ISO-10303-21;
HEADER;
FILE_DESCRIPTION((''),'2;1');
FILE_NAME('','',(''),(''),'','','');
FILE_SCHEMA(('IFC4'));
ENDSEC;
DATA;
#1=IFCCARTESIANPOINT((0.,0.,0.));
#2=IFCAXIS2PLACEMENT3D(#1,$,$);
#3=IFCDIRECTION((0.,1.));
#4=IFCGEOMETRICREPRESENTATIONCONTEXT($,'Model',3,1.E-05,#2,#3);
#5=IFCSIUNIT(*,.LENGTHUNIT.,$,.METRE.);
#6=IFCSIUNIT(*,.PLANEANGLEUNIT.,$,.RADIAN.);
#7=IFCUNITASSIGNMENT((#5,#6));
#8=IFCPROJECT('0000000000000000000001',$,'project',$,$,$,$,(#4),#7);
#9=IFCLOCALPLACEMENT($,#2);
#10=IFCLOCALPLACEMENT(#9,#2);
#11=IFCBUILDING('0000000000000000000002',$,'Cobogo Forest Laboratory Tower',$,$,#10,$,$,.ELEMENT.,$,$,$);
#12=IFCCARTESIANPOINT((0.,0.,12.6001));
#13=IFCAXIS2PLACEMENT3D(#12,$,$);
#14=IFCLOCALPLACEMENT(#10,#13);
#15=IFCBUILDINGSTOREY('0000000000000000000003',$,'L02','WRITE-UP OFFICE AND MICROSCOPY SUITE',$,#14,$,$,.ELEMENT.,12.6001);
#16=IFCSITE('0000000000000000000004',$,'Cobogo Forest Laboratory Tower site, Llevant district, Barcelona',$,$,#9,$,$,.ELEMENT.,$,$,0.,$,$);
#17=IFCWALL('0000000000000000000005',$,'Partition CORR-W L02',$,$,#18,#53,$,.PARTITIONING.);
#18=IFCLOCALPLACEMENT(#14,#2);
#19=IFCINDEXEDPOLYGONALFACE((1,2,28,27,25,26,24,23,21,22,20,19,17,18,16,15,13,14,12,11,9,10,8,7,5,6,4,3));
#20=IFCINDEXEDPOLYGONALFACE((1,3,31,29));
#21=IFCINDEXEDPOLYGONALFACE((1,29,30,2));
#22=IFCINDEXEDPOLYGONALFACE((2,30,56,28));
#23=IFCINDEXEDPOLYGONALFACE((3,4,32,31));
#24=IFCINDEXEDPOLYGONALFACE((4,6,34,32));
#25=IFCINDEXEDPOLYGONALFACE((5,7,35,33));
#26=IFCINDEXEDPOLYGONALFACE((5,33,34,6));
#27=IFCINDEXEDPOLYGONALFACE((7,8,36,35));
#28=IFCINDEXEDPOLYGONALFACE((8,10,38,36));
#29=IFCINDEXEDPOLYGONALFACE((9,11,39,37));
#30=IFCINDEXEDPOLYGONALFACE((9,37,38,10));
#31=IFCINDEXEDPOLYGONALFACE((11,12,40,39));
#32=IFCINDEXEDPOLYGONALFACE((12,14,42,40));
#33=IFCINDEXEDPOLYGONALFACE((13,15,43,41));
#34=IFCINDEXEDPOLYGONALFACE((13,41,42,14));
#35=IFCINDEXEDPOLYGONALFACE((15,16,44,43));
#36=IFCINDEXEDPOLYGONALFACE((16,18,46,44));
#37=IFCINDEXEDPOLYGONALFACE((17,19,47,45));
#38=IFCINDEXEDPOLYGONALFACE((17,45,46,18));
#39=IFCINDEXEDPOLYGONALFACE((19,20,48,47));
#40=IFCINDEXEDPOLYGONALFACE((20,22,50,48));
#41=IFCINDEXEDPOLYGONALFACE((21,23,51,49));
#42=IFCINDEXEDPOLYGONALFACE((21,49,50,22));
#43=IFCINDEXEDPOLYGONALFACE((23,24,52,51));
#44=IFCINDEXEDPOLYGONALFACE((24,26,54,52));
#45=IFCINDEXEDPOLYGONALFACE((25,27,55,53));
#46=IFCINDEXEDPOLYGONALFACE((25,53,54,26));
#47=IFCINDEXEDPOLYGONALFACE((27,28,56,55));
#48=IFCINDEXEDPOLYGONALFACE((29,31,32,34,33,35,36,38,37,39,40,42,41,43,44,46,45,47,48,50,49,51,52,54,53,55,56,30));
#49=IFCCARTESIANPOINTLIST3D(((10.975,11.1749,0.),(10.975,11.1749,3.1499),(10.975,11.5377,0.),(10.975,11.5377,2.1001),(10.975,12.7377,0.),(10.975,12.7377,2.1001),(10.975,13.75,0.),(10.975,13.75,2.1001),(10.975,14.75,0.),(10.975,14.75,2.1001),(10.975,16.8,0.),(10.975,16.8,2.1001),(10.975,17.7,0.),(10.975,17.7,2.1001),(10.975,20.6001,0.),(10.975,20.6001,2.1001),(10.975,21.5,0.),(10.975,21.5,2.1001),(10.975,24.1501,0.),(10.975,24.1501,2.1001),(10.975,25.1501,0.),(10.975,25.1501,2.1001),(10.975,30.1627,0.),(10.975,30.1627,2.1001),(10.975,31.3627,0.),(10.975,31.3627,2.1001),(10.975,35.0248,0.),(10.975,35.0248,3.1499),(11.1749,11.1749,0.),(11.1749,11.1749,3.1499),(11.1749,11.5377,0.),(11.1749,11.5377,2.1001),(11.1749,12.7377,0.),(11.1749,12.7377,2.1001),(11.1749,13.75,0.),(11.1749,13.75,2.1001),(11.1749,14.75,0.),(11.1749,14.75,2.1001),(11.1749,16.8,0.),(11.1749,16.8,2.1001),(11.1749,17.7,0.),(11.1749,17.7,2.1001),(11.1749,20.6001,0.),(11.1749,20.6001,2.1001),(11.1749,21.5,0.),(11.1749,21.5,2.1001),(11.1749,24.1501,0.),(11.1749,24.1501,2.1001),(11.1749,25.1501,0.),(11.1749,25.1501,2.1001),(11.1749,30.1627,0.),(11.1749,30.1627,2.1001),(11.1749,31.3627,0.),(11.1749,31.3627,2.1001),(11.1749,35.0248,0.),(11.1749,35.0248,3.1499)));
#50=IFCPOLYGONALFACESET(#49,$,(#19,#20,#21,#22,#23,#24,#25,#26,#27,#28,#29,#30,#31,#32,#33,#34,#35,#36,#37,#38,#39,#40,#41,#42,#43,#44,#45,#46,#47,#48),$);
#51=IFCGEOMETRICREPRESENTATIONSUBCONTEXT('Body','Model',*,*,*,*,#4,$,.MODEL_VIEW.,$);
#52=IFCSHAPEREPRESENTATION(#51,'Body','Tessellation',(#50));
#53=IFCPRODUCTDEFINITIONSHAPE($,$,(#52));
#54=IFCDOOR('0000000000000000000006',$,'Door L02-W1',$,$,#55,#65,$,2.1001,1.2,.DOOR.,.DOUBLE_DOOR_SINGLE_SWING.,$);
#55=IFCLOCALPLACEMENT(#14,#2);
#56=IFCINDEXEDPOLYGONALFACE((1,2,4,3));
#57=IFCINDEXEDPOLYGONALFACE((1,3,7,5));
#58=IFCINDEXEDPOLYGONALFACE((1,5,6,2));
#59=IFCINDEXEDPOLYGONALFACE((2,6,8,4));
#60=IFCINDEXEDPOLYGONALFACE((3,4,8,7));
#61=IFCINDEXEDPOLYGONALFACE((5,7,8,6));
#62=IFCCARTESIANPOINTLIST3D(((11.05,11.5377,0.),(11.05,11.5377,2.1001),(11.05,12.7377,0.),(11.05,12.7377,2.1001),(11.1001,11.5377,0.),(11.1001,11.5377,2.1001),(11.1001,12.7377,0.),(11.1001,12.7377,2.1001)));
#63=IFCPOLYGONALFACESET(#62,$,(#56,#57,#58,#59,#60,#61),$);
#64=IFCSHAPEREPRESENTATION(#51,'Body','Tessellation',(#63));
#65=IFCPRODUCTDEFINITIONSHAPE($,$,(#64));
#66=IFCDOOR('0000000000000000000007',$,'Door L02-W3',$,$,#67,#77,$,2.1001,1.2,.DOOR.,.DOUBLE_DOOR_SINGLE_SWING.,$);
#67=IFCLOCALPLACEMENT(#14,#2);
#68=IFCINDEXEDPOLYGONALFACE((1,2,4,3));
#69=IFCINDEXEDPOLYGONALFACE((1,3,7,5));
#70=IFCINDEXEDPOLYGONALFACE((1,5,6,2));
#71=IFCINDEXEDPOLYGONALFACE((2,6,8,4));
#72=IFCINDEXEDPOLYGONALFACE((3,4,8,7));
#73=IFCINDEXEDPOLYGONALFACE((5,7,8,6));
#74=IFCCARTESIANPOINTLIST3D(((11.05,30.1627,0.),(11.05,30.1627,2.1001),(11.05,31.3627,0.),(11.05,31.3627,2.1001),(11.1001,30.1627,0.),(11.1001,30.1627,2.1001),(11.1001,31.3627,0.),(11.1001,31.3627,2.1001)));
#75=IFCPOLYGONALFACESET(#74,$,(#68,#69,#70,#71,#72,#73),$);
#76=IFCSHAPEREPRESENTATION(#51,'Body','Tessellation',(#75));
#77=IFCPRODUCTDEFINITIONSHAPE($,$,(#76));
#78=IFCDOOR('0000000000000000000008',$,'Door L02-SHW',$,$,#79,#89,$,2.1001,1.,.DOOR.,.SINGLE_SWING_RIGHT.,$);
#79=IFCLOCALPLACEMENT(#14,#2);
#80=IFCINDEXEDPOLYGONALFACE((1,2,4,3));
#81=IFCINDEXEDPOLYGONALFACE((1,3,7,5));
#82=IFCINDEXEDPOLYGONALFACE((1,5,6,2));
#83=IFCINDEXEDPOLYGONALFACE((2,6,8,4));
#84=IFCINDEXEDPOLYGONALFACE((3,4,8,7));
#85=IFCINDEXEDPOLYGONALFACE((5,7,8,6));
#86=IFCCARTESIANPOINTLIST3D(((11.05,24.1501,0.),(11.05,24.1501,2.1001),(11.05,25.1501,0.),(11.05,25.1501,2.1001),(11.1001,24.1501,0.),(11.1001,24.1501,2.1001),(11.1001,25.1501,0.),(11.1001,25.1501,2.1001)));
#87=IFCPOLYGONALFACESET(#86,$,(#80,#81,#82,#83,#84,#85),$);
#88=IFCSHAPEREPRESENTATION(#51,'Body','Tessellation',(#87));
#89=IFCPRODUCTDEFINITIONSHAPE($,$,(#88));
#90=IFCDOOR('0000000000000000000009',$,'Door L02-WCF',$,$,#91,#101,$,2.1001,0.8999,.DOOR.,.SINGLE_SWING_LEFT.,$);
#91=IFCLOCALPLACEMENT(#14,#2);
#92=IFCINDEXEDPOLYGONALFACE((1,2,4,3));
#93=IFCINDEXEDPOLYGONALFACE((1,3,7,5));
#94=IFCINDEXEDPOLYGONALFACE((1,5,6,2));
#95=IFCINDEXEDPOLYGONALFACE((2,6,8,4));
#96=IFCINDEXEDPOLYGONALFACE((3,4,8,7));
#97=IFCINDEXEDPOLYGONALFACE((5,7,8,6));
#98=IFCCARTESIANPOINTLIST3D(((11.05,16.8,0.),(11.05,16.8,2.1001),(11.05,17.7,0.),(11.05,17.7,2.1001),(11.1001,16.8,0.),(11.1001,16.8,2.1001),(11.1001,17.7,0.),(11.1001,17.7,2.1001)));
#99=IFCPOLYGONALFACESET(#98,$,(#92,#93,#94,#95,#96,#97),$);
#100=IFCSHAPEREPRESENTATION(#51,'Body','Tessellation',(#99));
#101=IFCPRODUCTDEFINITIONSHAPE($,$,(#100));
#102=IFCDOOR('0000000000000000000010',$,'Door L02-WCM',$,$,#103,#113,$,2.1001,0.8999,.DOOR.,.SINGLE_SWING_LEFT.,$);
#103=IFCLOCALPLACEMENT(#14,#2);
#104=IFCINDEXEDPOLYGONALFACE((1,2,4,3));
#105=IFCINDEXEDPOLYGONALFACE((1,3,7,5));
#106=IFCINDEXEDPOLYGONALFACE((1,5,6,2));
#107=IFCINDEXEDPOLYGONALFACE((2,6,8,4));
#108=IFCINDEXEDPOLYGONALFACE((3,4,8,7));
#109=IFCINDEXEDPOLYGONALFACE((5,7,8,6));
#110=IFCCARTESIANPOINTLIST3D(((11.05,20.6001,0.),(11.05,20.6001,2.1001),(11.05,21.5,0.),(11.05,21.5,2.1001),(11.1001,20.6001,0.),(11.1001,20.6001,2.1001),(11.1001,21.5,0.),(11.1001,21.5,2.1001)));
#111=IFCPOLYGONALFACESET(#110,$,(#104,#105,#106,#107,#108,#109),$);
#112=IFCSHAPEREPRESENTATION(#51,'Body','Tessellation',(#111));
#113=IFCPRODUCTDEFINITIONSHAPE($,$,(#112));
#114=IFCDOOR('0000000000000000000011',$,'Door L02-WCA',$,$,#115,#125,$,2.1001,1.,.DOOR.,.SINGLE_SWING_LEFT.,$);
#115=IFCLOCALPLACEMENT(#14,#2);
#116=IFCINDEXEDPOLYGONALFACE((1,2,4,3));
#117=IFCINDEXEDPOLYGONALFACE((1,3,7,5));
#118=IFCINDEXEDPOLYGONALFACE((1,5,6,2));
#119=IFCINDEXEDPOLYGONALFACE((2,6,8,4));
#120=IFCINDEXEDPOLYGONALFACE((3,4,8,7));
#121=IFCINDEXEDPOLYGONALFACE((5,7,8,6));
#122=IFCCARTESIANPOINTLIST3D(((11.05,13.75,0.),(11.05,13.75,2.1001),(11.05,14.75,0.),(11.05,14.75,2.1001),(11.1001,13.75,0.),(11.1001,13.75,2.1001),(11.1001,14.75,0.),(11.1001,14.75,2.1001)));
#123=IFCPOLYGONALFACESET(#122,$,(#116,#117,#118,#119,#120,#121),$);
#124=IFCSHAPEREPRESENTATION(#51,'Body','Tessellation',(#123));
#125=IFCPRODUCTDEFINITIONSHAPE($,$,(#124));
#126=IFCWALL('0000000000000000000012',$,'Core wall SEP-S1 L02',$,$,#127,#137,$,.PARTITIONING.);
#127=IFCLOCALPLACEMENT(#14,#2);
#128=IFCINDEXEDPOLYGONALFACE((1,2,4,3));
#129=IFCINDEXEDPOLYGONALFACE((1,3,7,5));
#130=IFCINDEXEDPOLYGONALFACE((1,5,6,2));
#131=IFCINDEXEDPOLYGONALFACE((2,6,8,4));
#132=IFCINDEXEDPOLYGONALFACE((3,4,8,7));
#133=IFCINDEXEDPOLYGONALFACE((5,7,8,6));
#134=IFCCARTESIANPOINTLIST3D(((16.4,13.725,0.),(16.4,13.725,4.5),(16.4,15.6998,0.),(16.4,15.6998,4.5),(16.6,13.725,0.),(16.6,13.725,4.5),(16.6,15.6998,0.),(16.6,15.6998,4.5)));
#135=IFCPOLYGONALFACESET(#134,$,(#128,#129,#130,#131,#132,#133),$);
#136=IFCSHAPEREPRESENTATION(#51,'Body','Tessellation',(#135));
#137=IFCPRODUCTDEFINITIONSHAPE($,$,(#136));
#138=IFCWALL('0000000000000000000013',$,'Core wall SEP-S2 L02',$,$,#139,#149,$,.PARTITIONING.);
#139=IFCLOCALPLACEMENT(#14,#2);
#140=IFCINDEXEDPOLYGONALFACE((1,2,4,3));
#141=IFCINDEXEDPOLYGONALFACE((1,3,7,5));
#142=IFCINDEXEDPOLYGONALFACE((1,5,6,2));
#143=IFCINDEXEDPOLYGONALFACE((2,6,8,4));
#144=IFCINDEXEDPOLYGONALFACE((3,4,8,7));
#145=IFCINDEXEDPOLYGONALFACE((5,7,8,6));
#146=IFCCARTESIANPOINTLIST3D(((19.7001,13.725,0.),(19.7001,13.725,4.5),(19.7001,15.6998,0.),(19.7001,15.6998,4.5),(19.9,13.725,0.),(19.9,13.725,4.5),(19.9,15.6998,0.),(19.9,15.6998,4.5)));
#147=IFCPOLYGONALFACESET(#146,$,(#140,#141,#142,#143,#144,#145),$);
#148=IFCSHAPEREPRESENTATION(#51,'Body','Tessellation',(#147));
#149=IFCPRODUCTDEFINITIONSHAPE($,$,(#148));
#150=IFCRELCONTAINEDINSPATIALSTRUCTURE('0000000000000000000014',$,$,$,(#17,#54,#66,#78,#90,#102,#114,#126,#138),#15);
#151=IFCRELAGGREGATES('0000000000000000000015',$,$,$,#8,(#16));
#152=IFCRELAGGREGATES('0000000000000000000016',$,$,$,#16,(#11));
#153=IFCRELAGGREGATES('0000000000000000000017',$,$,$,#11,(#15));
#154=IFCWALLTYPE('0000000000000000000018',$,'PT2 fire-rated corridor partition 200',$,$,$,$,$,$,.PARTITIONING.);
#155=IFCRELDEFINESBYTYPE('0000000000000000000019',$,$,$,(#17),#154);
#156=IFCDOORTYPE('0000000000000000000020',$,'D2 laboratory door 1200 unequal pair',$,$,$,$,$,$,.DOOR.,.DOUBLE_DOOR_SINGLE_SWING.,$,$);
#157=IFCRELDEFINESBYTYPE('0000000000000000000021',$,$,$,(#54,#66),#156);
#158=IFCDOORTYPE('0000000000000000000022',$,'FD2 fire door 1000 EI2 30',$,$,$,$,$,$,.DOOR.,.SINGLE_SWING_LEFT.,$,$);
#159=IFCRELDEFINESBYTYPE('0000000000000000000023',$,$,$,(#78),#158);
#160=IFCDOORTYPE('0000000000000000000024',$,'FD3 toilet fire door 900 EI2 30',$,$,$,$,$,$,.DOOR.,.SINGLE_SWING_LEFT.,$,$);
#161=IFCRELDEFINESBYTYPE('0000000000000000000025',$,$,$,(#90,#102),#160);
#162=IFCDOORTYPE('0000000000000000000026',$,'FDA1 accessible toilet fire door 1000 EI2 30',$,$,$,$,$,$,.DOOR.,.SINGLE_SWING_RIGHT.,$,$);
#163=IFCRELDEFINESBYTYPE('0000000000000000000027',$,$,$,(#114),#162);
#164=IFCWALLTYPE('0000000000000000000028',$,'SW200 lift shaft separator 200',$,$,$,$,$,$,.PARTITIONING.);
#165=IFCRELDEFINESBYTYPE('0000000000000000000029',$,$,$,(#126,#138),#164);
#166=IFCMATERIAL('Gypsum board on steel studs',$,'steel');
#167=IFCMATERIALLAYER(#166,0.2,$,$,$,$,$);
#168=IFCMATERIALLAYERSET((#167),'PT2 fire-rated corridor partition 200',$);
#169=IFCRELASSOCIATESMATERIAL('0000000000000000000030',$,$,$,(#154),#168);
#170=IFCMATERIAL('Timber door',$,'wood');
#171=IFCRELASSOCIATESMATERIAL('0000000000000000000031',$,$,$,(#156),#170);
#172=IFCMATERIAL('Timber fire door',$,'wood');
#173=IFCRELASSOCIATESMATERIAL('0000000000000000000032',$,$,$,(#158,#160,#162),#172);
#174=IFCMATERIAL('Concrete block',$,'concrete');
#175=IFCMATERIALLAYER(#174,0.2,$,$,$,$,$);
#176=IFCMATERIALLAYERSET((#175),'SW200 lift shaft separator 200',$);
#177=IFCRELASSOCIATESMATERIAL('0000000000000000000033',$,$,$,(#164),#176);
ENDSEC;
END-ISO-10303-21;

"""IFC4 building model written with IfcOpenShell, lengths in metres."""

from ifc_helpers import new_model, si_unit, direction, frame, frame_2d, origin, place, context, subcontext, project, spatial, rectangle, extrude, material, layer, layer_set, type_object, element, fill, save


model = new_model("IFC4")

# Units and contexts
model_context = context("Model", 3, precision=1e-05, world=origin(), true_north=direction((0.0, 1.0)))
body_context = subcontext(model_context, "Body", "Model", "MODEL_VIEW")
ifc_project = project(units=[si_unit("LENGTHUNIT", "METRE"), si_unit("PLANEANGLEUNIT", "RADIAN")], contexts=[model_context])

# Site, building, storey
site_placement = place(None, origin())
site = spatial("IfcSite", under=ifc_project, at=site_placement, Name="Cobogo Forest Laboratory Tower site, Llevant district, Barcelona", CompositionType="ELEMENT", RefElevation=0.0)
building_placement = place(site_placement, origin())
building = spatial("IfcBuilding", under=site, at=building_placement, Name="Cobogo Forest Laboratory Tower", CompositionType="ELEMENT")
storey_placement = place(building_placement, frame((0.0, 0.0, 12.6001)))
storey = spatial("IfcBuildingStorey", under=building, at=storey_placement, Name="L02", Description="WRITE-UP OFFICE AND MICROSCOPY SUITE", CompositionType="ELEMENT", Elevation=12.6001)

# Shared definitions
ifc_material_1 = material(Name="Gypsum board on steel studs", Category="steel")

# Wall, openings, doors
ifc_layer_1 = layer(ifc_material_1, 0.2)
ifc_layer_set_1 = layer_set([ifc_layer_1], Name="PT2 fire-rated corridor partition 200")
wall_type_1 = type_object("IfcWallType", Name="PT2 fire-rated corridor partition 200", PredefinedType="PARTITIONING", material=ifc_layer_set_1)
wall_1_placement = place(storey_placement, frame((11.075, 11.175, 0.0), z_axis=(0.0, 0.0, 1.0), x_axis=(0.0, 1.0, 0.0)))
wall_1 = element("IfcWall", 1, at=wall_1_placement, inside=storey, type_object=wall_type_1, Name="Partition CORR-W L02", PredefinedType="PARTITIONING", context=body_context, shape_type="SweptSolid", body=[
    extrude(rectangle(XDim=23.8499, YDim=0.2, at=frame_2d((11.9248, 0.0))), origin(), (0.0, 0.0, 1.0), 3.1499),
])
opening_1_placement = place(wall_1_placement, frame((0.3625, 0.0, 0.0)))
opening_1 = element("IfcOpeningElement", 2, at=opening_1_placement, cuts=wall_1, PredefinedType="OPENING", context=body_context, shape_type="SweptSolid", body=[
    extrude(rectangle(XDim=1.2, YDim=2.1001, at=frame_2d((0.6001, 1.05))), frame((0.0, 0.1099, 0.0), z_axis=(0.0, -1.0, 0.0), x_axis=(1.0, 0.0, 0.0)), (0.0, 0.0, 1.0), 0.22),
])
opening_2_placement = place(wall_1_placement, frame((2.575, 0.0, 0.0)))
opening_2 = element("IfcOpeningElement", 3, at=opening_2_placement, cuts=wall_1, PredefinedType="OPENING", context=body_context, shape_type="SweptSolid", body=[
    extrude(rectangle(XDim=1.0, YDim=2.1001, at=frame_2d((0.5, 1.05))), frame((0.0, 0.1099, 0.0), z_axis=(0.0, -1.0, 0.0), x_axis=(1.0, 0.0, 0.0)), (0.0, 0.0, 1.0), 0.22),
])
opening_3_placement = place(wall_1_placement, frame((5.625, 0.0, 0.0)))
opening_3 = element("IfcOpeningElement", 4, at=opening_3_placement, cuts=wall_1, PredefinedType="OPENING", context=body_context, shape_type="SweptSolid", body=[
    extrude(rectangle(XDim=0.8999, YDim=2.1001, at=frame_2d((0.45, 1.05))), frame((0.0, 0.1099, 0.0), z_axis=(0.0, -1.0, 0.0), x_axis=(1.0, 0.0, 0.0)), (0.0, 0.0, 1.0), 0.22),
])
opening_4_placement = place(wall_1_placement, frame((9.425, 0.0, 0.0)))
opening_4 = element("IfcOpeningElement", 5, at=opening_4_placement, cuts=wall_1, PredefinedType="OPENING", context=body_context, shape_type="SweptSolid", body=[
    extrude(rectangle(XDim=0.8999, YDim=2.1001, at=frame_2d((0.45, 1.05))), frame((0.0, 0.1099, 0.0), z_axis=(0.0, -1.0, 0.0), x_axis=(1.0, 0.0, 0.0)), (0.0, 0.0, 1.0), 0.22),
])
opening_5_placement = place(wall_1_placement, frame((12.9751, 0.0, 0.0)))
opening_5 = element("IfcOpeningElement", 6, at=opening_5_placement, cuts=wall_1, PredefinedType="OPENING", context=body_context, shape_type="SweptSolid", body=[
    extrude(rectangle(XDim=1.0, YDim=2.1001, at=frame_2d((0.5, 1.05))), frame((0.0, 0.1099, 0.0), z_axis=(0.0, -1.0, 0.0), x_axis=(1.0, 0.0, 0.0)), (0.0, 0.0, 1.0), 0.22),
])
opening_6_placement = place(wall_1_placement, frame((18.9875, 0.0, 0.0)))
opening_6 = element("IfcOpeningElement", 7, at=opening_6_placement, cuts=wall_1, PredefinedType="OPENING", context=body_context, shape_type="SweptSolid", body=[
    extrude(rectangle(XDim=1.2, YDim=2.1001, at=frame_2d((0.6001, 1.05))), frame((0.0, 0.1099, 0.0), z_axis=(0.0, -1.0, 0.0), x_axis=(1.0, 0.0, 0.0)), (0.0, 0.0, 1.0), 0.22),
])
ifc_material_2 = material(Name="Timber door", Category="wood")
door_type_1 = type_object("IfcDoorType", Name="D2 laboratory door 1200 unequal pair", OperationType="DOUBLE_DOOR_SINGLE_SWING", PredefinedType="DOOR", material=ifc_material_2)
door_1_placement = place(opening_1_placement, origin())
door_1 = element("IfcDoor", 8, at=door_1_placement, inside=storey, type_object=door_type_1, Name="Door L02-W1", OperationType="DOUBLE_DOOR_SINGLE_SWING", OverallHeight=2.1001, OverallWidth=1.2, PredefinedType="DOOR", context=body_context, shape_type="SweptSolid", body=[
    extrude(rectangle(XDim=1.2, YDim=2.1001, at=frame_2d((0.6001, 1.05))), frame((0.0, 0.0249, 0.0), z_axis=(0.0, -1.0, 0.0), x_axis=(1.0, 0.0, 0.0)), (0.0, 0.0, 1.0), 0.05),
])
fill(opening_1, door_1)
door_2_placement = place(opening_6_placement, origin())
door_2 = element("IfcDoor", 9, at=door_2_placement, inside=storey, type_object=door_type_1, Name="Door L02-W3", OperationType="DOUBLE_DOOR_SINGLE_SWING", OverallHeight=2.1001, OverallWidth=1.2, PredefinedType="DOOR", context=body_context, shape_type="SweptSolid", body=[
    extrude(rectangle(XDim=1.2, YDim=2.1001, at=frame_2d((0.6001, 1.05))), frame((0.0, 0.0249, 0.0), z_axis=(0.0, -1.0, 0.0), x_axis=(1.0, 0.0, 0.0)), (0.0, 0.0, 1.0), 0.05),
])
fill(opening_6, door_2)
ifc_material_3 = material(Name="Timber fire door", Category="wood")
door_type_2 = type_object("IfcDoorType", Name="FD2 fire door 1000 EI2 30", OperationType="SINGLE_SWING_LEFT", PredefinedType="DOOR", material=ifc_material_3)
door_3_placement = place(opening_5_placement, origin())
door_3 = element("IfcDoor", 10, at=door_3_placement, inside=storey, type_object=door_type_2, Name="Door L02-SHW", OperationType="SINGLE_SWING_RIGHT", OverallHeight=2.1001, OverallWidth=1.0, PredefinedType="DOOR", context=body_context, shape_type="SweptSolid", body=[
    extrude(rectangle(XDim=1.0, YDim=2.1001, at=frame_2d((0.5, 1.05))), frame((0.0, 0.0249, 0.0), z_axis=(0.0, -1.0, 0.0), x_axis=(1.0, 0.0, 0.0)), (0.0, 0.0, 1.0), 0.05),
])
fill(opening_5, door_3)
door_type_3 = type_object("IfcDoorType", Name="FD3 toilet fire door 900 EI2 30", OperationType="SINGLE_SWING_LEFT", PredefinedType="DOOR", material=ifc_material_3)
door_4_placement = place(opening_3_placement, origin())
door_4 = element("IfcDoor", 11, at=door_4_placement, inside=storey, type_object=door_type_3, Name="Door L02-WCF", OperationType="SINGLE_SWING_LEFT", OverallHeight=2.1001, OverallWidth=0.8999, PredefinedType="DOOR", context=body_context, shape_type="SweptSolid", body=[
    extrude(rectangle(XDim=0.8999, YDim=2.1001, at=frame_2d((0.45, 1.05))), frame((0.0, 0.0249, 0.0), z_axis=(0.0, -1.0, 0.0), x_axis=(1.0, 0.0, 0.0)), (0.0, 0.0, 1.0), 0.05),
])
fill(opening_3, door_4)
door_5_placement = place(opening_4_placement, origin())
door_5 = element("IfcDoor", 12, at=door_5_placement, inside=storey, type_object=door_type_3, Name="Door L02-WCM", OperationType="SINGLE_SWING_LEFT", OverallHeight=2.1001, OverallWidth=0.8999, PredefinedType="DOOR", context=body_context, shape_type="SweptSolid", body=[
    extrude(rectangle(XDim=0.8999, YDim=2.1001, at=frame_2d((0.45, 1.05))), frame((0.0, 0.0249, 0.0), z_axis=(0.0, -1.0, 0.0), x_axis=(1.0, 0.0, 0.0)), (0.0, 0.0, 1.0), 0.05),
])
fill(opening_4, door_5)
door_type_4 = type_object("IfcDoorType", Name="FDA1 accessible toilet fire door 1000 EI2 30", OperationType="SINGLE_SWING_RIGHT", PredefinedType="DOOR", material=ifc_material_3)
door_6_placement = place(opening_2_placement, origin())
door_6 = element("IfcDoor", 13, at=door_6_placement, inside=storey, type_object=door_type_4, Name="Door L02-WCA", OperationType="SINGLE_SWING_LEFT", OverallHeight=2.1001, OverallWidth=1.0, PredefinedType="DOOR", context=body_context, shape_type="SweptSolid", body=[
    extrude(rectangle(XDim=1.0, YDim=2.1001, at=frame_2d((0.5, 1.05))), frame((0.0, 0.0249, 0.0), z_axis=(0.0, -1.0, 0.0), x_axis=(1.0, 0.0, 0.0)), (0.0, 0.0, 1.0), 0.05),
])
fill(opening_2, door_6)

# Walls
ifc_material_4 = material(Name="Concrete block", Category="concrete")
ifc_layer_2 = layer(ifc_material_4, 0.2)
ifc_layer_set_2 = layer_set([ifc_layer_2], Name="SW200 lift shaft separator 200")
wall_type_2 = type_object("IfcWallType", Name="SW200 lift shaft separator 200", PredefinedType="PARTITIONING", material=ifc_layer_set_2)
for number, where, z_axis, x_axis, name in (
    (14, (16.5, 13.7251, 0.0), (0.0, 0.0, 1.0), (0.0, 1.0, 0.0), "Core wall SEP-S1 L02"),
    (15, (19.8, 13.7251, 0.0), (0.0, 0.0, 1.0), (0.0, 1.0, 0.0), "Core wall SEP-S2 L02"),
):
    element("IfcWall", number, at=place(storey_placement, frame(where, z_axis=z_axis, x_axis=x_axis)), inside=storey, type_object=wall_type_2, Name=name, PredefinedType="PARTITIONING", context=body_context, shape_type="SweptSolid", body=[
        extrude(rectangle(XDim=1.9749, YDim=0.2, at=frame_2d((0.9873, 0.0))), origin(), (0.0, 0.0, 1.0), 4.5),
    ])

save(model, "model.ifc")
